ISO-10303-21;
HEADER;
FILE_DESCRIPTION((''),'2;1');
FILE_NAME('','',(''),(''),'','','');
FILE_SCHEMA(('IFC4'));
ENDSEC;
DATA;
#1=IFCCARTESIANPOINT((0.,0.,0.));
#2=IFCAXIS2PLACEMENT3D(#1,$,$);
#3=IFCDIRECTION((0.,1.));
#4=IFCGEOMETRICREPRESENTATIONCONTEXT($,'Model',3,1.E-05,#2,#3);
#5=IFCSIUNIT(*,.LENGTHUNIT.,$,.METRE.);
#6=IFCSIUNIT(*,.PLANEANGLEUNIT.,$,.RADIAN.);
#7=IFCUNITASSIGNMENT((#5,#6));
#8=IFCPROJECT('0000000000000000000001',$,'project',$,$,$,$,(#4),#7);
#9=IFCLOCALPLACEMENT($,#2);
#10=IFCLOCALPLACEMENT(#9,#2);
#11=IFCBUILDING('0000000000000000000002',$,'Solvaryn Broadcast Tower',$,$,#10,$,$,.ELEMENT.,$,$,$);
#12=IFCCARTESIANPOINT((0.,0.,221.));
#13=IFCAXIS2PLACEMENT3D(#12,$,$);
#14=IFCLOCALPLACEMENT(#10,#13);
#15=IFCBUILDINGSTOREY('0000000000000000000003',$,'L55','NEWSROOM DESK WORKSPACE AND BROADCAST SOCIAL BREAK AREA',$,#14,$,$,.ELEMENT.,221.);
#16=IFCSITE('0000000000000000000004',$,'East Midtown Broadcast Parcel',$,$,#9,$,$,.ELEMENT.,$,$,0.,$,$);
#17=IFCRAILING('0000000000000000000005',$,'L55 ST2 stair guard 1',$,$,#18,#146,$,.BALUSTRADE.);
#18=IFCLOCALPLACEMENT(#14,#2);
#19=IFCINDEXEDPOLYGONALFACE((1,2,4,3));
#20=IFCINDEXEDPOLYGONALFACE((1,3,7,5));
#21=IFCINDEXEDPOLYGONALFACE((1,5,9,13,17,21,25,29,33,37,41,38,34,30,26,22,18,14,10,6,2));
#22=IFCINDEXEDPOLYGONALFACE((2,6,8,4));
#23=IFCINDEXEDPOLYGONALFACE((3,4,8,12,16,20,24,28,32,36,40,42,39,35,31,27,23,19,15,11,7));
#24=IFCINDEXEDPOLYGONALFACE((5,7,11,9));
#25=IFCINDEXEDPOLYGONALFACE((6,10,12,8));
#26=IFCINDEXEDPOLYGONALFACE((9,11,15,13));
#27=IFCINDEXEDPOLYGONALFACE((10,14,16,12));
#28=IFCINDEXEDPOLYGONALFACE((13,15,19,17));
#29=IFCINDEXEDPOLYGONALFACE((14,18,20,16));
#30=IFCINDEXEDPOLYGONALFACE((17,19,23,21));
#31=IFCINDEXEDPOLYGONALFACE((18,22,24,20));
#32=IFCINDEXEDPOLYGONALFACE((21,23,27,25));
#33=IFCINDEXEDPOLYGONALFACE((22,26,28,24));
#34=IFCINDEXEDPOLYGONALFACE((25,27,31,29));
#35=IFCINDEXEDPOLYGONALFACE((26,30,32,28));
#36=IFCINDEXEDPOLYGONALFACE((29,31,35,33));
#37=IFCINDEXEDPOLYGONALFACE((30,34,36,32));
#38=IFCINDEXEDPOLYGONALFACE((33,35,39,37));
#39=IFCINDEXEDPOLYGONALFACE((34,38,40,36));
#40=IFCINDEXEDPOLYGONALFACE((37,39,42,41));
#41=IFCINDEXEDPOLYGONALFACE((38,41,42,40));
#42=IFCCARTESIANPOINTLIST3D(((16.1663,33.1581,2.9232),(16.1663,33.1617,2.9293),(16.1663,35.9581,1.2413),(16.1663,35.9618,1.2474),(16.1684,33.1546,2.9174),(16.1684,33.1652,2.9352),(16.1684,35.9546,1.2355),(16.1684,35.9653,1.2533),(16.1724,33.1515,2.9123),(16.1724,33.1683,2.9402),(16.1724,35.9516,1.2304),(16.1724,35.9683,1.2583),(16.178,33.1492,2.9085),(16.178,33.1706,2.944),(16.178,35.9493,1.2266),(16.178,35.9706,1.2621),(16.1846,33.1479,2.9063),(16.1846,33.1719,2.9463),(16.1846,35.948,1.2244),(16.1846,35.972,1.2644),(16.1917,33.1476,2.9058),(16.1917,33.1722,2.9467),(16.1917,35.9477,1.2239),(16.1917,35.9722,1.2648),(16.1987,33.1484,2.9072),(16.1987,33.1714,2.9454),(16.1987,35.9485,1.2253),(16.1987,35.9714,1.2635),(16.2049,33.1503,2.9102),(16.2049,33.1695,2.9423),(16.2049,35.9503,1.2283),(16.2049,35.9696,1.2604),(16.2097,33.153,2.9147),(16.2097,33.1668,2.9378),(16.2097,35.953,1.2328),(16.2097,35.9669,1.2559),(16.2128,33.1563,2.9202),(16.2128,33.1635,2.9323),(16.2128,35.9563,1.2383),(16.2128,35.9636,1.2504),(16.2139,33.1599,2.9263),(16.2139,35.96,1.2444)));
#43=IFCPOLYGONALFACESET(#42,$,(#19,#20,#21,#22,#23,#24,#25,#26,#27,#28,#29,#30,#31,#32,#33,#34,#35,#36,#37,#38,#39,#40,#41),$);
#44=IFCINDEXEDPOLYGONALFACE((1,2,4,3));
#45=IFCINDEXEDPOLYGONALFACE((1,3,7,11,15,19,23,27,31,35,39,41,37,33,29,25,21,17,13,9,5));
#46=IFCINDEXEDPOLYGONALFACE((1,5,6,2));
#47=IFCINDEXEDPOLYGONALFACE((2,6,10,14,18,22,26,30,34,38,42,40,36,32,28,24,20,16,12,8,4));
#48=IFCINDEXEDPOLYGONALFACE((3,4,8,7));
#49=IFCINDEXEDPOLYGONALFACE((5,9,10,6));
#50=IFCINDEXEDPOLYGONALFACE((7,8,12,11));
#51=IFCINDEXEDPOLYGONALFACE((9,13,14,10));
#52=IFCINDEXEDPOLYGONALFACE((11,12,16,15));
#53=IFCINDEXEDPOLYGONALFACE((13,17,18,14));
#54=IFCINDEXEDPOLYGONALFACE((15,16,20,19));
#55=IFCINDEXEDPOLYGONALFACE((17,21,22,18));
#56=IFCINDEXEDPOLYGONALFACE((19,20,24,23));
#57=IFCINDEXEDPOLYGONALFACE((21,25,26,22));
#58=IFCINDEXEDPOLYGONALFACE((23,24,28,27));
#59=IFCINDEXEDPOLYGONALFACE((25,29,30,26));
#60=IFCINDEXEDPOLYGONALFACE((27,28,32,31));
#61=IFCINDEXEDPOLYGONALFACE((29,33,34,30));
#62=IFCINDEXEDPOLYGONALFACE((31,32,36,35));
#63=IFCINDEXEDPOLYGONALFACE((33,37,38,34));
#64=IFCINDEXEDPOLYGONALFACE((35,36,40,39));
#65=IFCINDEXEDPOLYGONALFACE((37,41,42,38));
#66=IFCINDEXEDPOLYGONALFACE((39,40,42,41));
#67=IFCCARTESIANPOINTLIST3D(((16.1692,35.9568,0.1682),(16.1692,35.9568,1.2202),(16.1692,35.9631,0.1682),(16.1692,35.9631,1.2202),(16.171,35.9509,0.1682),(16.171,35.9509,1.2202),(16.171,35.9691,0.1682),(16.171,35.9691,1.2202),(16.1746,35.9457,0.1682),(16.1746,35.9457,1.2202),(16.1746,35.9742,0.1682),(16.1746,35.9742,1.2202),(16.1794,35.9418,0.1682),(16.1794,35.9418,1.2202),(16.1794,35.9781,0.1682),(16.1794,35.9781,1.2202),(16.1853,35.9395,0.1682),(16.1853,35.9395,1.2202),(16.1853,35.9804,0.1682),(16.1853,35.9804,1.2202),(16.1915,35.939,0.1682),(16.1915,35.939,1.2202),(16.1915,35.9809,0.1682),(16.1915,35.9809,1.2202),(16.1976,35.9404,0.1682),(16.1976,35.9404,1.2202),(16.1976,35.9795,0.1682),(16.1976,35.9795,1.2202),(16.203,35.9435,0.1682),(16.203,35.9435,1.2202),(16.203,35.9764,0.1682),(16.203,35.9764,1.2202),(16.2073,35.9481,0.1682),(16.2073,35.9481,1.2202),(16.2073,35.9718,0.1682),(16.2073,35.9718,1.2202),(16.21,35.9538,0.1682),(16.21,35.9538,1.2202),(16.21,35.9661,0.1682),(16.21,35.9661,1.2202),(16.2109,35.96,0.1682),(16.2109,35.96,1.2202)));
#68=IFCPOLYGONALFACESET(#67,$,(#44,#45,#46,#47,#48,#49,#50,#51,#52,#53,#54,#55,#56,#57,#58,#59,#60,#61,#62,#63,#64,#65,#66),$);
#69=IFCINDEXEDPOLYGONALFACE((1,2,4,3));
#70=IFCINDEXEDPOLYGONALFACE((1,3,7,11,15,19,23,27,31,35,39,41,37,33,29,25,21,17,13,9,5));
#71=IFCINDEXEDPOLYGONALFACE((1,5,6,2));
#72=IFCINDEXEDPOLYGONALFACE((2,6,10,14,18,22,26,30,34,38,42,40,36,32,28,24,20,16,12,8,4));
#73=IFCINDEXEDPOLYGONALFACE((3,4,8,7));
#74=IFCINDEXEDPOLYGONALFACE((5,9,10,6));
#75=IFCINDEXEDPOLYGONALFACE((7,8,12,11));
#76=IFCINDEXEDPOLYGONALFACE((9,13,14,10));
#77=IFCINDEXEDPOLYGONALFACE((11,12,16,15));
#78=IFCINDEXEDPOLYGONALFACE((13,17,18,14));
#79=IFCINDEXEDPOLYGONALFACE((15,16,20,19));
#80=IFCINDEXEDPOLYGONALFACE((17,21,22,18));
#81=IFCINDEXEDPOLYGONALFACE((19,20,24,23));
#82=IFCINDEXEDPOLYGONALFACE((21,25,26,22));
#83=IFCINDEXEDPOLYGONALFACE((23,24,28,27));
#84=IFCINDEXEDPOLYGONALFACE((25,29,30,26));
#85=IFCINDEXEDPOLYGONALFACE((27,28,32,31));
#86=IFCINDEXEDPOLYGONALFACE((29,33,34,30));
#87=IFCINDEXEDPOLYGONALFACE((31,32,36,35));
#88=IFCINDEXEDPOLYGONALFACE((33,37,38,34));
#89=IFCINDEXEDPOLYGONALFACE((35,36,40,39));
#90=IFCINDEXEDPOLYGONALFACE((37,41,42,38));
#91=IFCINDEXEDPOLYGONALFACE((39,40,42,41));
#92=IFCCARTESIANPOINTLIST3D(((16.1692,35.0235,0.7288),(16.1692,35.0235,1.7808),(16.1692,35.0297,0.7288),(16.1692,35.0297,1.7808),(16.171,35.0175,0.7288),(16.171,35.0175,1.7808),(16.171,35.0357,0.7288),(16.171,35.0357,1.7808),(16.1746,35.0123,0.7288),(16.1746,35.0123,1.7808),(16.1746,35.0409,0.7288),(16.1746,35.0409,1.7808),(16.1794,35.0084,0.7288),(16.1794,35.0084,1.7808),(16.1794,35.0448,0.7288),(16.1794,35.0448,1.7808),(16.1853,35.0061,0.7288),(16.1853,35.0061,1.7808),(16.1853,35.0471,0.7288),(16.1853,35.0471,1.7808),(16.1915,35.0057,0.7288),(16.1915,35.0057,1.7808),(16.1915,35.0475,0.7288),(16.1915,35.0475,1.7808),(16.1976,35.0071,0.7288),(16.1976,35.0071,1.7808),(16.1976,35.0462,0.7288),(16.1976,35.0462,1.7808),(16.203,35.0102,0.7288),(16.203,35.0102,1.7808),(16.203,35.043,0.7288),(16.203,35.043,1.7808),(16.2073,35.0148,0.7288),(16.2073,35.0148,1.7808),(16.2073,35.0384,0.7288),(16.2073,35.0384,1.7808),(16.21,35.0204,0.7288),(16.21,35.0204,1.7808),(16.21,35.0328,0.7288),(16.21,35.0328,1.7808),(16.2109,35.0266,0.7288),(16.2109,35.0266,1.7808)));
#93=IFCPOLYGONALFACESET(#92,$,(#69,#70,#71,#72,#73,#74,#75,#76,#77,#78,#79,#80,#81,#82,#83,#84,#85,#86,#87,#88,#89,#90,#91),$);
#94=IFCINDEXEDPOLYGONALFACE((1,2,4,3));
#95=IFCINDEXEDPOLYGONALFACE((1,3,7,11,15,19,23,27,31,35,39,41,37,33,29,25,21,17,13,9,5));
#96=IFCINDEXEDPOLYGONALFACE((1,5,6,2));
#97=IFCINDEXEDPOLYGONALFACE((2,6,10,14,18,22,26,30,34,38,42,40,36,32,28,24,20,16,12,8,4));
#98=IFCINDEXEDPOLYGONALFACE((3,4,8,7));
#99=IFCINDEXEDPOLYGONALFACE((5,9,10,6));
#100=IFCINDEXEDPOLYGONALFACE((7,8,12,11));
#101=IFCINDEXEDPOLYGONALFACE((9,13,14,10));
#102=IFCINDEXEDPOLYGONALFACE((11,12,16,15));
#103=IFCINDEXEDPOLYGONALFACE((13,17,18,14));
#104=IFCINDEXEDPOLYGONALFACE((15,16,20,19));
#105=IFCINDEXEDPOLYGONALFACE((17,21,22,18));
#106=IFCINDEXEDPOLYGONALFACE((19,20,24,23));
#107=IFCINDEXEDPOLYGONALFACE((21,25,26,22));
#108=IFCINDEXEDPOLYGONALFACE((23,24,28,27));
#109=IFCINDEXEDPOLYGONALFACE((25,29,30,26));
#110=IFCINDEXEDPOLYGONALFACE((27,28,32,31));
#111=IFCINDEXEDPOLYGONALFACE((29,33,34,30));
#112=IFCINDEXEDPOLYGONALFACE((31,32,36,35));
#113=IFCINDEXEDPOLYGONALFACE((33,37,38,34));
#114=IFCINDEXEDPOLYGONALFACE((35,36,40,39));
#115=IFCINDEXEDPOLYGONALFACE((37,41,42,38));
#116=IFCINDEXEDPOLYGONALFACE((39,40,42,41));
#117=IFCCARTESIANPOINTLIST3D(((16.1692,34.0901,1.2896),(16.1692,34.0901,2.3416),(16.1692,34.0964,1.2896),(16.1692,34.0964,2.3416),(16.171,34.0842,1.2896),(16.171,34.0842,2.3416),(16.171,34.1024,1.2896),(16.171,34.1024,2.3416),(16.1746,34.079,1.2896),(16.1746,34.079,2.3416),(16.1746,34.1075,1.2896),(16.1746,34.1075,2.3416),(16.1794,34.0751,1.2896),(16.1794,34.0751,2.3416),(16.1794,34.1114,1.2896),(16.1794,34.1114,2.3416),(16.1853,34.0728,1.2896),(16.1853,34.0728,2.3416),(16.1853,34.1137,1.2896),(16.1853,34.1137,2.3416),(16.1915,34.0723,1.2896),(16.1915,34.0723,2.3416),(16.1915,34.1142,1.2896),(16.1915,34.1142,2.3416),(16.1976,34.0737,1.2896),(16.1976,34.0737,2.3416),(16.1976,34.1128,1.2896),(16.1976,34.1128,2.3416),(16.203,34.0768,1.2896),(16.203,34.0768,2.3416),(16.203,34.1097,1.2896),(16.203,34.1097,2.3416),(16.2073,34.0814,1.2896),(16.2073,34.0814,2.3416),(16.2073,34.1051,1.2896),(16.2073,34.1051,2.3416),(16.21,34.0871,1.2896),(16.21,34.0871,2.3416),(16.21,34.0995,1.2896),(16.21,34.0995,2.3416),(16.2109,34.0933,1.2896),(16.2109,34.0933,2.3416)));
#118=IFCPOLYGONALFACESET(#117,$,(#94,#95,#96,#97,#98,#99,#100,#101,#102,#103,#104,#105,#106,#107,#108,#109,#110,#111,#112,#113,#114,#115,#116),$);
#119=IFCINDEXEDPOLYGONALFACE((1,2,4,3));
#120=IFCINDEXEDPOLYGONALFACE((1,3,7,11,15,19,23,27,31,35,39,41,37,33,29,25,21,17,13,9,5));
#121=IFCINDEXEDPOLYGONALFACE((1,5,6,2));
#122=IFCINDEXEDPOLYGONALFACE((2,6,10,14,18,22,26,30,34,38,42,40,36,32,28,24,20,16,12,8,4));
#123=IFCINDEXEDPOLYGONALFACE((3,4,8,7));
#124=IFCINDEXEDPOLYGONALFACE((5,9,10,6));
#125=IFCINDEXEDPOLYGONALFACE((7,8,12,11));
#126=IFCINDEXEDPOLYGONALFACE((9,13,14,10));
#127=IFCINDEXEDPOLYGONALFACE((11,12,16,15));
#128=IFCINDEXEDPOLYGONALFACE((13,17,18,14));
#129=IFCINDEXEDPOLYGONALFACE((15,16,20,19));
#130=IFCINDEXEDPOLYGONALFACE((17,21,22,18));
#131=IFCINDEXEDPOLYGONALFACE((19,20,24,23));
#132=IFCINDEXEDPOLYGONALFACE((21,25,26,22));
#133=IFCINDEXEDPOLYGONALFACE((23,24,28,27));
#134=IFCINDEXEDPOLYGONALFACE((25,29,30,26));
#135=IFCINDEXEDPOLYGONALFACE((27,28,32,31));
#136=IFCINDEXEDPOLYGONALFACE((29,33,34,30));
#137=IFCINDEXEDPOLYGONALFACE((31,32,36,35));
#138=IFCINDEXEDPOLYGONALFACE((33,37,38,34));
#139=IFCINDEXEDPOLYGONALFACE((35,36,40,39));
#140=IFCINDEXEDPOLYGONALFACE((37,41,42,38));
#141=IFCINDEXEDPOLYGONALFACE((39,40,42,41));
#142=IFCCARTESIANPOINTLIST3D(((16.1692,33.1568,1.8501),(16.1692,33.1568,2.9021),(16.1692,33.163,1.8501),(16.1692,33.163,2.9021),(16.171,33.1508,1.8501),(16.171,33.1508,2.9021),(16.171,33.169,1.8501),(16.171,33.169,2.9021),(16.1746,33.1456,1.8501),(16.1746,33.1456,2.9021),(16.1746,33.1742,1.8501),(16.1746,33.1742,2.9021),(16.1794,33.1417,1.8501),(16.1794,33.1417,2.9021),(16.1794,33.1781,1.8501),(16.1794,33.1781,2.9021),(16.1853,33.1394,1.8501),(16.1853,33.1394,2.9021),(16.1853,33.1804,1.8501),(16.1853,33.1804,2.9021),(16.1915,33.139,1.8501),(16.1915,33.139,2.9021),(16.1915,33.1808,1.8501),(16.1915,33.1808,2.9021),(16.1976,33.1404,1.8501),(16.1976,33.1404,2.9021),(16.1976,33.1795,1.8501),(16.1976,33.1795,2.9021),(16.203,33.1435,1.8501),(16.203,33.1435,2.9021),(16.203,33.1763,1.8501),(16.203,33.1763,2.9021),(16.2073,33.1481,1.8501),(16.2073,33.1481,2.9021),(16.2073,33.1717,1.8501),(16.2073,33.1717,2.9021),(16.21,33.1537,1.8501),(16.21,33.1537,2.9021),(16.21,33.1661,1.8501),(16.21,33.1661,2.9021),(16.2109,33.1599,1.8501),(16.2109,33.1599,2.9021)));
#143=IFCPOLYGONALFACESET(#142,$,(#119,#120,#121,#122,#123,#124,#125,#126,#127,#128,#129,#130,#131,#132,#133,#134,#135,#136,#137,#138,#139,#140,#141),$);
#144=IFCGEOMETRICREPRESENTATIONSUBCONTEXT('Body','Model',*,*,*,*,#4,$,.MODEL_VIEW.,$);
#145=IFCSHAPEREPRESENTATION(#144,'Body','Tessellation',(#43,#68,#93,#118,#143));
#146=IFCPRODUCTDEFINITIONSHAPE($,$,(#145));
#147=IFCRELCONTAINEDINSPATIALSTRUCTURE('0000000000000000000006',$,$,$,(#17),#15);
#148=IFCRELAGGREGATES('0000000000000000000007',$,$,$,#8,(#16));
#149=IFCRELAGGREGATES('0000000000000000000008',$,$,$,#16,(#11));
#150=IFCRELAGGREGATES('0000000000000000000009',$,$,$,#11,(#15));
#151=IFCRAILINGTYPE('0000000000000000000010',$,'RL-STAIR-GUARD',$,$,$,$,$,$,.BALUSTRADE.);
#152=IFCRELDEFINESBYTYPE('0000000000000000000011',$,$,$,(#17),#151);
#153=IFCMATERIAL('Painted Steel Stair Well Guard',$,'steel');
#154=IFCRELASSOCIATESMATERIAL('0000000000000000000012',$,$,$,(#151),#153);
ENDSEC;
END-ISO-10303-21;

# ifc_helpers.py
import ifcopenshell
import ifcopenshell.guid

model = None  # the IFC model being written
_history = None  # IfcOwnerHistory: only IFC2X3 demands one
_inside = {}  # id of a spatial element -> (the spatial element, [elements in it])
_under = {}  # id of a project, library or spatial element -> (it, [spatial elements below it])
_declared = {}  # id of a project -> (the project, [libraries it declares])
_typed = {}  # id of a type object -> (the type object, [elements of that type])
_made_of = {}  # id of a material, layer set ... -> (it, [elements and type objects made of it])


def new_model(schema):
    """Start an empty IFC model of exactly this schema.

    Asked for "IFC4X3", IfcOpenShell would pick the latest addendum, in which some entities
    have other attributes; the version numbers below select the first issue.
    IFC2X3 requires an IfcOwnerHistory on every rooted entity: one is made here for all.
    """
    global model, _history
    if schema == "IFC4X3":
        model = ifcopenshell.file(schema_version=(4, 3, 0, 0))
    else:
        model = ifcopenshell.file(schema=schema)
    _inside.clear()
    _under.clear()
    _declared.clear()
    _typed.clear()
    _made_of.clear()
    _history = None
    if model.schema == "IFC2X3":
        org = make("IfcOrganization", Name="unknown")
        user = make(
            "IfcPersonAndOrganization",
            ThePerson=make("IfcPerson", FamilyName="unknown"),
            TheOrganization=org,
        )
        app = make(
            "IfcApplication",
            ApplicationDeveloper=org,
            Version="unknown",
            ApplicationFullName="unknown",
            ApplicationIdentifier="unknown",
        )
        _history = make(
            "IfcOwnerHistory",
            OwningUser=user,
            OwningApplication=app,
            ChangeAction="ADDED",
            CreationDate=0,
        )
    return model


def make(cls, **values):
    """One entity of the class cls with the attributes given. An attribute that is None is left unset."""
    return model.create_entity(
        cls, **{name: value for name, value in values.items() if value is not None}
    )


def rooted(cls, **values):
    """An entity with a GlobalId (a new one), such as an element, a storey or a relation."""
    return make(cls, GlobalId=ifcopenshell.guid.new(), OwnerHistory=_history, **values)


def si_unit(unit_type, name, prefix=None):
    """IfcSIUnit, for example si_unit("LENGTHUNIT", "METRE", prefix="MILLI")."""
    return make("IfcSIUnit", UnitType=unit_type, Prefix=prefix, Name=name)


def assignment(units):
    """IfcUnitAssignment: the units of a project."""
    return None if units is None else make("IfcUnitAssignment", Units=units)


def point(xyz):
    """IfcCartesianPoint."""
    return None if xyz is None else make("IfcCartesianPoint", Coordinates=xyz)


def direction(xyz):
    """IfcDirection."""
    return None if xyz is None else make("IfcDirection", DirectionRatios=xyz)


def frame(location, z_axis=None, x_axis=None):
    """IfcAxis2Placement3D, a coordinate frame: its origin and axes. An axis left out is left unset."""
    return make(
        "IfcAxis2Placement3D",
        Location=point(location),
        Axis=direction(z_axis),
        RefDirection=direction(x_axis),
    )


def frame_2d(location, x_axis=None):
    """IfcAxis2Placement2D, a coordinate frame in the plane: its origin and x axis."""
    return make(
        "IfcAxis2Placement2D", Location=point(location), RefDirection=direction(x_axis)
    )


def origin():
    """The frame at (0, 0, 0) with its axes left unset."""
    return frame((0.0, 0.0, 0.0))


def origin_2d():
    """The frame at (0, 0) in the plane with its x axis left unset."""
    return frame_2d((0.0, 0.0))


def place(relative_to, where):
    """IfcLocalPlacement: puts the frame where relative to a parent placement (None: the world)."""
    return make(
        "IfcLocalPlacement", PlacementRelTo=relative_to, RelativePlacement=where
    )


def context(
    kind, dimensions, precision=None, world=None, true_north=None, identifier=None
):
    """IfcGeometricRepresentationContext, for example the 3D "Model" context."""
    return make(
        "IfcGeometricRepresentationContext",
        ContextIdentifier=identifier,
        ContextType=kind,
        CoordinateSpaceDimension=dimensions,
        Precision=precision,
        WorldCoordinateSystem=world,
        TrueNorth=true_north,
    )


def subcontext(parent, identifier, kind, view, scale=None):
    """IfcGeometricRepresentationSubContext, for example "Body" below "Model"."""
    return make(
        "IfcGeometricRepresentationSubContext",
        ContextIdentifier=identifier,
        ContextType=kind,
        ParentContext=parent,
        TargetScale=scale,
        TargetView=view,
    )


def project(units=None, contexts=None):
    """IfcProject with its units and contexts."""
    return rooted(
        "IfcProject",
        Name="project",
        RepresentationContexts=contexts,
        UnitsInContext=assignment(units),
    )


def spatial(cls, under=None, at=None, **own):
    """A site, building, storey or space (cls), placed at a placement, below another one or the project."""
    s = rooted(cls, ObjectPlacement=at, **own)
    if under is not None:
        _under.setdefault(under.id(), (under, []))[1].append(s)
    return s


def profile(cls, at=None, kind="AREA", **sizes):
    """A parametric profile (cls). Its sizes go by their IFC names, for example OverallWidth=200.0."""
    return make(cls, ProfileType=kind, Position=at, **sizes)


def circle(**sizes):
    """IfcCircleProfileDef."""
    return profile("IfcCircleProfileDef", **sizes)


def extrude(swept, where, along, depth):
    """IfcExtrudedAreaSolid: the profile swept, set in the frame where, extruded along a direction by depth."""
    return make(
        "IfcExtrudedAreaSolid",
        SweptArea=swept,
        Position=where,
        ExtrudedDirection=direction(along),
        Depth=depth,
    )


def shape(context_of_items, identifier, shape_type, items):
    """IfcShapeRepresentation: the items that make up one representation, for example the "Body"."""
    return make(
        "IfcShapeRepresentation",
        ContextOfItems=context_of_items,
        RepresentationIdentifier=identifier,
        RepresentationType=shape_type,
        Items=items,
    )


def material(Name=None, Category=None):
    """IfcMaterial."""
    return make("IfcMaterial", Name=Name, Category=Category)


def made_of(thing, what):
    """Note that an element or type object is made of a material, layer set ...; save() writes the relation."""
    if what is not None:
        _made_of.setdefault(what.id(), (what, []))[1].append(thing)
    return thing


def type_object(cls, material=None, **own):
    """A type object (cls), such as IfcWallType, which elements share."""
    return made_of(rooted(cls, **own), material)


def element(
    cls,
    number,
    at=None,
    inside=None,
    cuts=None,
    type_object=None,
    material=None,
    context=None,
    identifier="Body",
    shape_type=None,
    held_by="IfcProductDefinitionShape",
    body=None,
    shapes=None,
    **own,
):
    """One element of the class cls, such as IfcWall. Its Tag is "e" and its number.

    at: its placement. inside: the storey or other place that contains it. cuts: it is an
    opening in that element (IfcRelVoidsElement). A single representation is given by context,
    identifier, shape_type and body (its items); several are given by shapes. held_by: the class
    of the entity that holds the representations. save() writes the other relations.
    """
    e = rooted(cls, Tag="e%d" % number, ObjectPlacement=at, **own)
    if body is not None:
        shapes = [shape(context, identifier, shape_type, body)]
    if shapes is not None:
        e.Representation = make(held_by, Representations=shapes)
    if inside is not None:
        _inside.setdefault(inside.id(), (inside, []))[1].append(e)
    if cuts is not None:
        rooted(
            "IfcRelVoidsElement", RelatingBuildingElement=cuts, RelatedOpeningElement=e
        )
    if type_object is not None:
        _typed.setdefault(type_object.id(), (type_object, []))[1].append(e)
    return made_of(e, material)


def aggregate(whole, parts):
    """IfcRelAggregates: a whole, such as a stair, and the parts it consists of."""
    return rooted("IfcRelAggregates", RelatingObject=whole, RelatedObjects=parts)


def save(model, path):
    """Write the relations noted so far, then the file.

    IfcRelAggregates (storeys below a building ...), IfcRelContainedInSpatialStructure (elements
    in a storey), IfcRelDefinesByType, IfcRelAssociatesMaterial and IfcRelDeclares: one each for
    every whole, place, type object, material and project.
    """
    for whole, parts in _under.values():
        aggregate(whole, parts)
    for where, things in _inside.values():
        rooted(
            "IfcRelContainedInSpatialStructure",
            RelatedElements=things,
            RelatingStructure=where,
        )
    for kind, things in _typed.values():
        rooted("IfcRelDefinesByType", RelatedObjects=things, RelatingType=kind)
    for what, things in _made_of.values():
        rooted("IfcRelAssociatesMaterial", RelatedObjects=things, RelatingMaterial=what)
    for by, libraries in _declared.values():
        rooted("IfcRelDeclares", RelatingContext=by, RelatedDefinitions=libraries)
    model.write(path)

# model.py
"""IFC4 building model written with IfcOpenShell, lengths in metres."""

from ifc_helpers import new_model, si_unit, direction, frame, origin, origin_2d, place, context, subcontext, project, spatial, circle, extrude, material, type_object, element, save


model = new_model("IFC4")

# Units and contexts
model_context = context("Model", 3, precision=1e-05, world=origin(), true_north=direction((0.0, 1.0)))
body_context = subcontext(model_context, "Body", "Model", "MODEL_VIEW")
ifc_project = project(units=[si_unit("LENGTHUNIT", "METRE"), si_unit("PLANEANGLEUNIT", "RADIAN")], contexts=[model_context])

# Site, building, storey
site_placement = place(None, origin())
site = spatial("IfcSite", under=ifc_project, at=site_placement, Name="East Midtown Broadcast Parcel", CompositionType="ELEMENT", RefElevation=0.0)
building_placement = place(site_placement, origin())
building = spatial("IfcBuilding", under=site, at=building_placement, Name="Solvaryn Broadcast Tower", CompositionType="ELEMENT")
storey_placement = place(building_placement, frame((0.0, 0.0, 221.0)))
storey = spatial("IfcBuildingStorey", under=building, at=storey_placement, Name="L55", Description="NEWSROOM DESK WORKSPACE AND BROADCAST SOCIAL BREAK AREA", CompositionType="ELEMENT", Elevation=221.0)

# Railing
ifc_material_1 = material(Name="Painted Steel Stair Well Guard", Category="steel")
railing_type_1 = type_object("IfcRailingType", Name="RL-STAIR-GUARD", PredefinedType="BALUSTRADE", material=ifc_material_1)
railing_1_placement = place(storey_placement, frame((16.1899, 35.96, 0.1682)))
element("IfcRailing", 1, at=railing_1_placement, inside=storey, type_object=railing_type_1, Name="L55 ST2 stair guard 1", PredefinedType="BALUSTRADE", context=body_context, shape_type="SweptSolid", body=[
    extrude(circle(Radius=0.0239, at=origin_2d()), frame((0.0, 0.0, 1.0762), z_axis=(0.0, -0.857242, 0.514913), x_axis=(1.0, 0.0, 0.0)), (0.0, 0.0, 1.0), 3.2664),
    extrude(circle(Radius=0.021, at=origin_2d()), origin(), (0.0, 0.0, 1.0), 1.052),
    extrude(circle(Radius=0.021, at=origin_2d()), frame((0.0, -0.9333, 0.5605)), (0.0, 0.0, 1.0), 1.052),
    extrude(circle(Radius=0.021, at=origin_2d()), frame((0.0, -1.8667, 1.1213)), (0.0, 0.0, 1.0), 1.052),
    extrude(circle(Radius=0.021, at=origin_2d()), frame((0.0, -2.8, 1.6819)), (0.0, 0.0, 1.0), 1.052),
])

save(model, "model.ifc")
